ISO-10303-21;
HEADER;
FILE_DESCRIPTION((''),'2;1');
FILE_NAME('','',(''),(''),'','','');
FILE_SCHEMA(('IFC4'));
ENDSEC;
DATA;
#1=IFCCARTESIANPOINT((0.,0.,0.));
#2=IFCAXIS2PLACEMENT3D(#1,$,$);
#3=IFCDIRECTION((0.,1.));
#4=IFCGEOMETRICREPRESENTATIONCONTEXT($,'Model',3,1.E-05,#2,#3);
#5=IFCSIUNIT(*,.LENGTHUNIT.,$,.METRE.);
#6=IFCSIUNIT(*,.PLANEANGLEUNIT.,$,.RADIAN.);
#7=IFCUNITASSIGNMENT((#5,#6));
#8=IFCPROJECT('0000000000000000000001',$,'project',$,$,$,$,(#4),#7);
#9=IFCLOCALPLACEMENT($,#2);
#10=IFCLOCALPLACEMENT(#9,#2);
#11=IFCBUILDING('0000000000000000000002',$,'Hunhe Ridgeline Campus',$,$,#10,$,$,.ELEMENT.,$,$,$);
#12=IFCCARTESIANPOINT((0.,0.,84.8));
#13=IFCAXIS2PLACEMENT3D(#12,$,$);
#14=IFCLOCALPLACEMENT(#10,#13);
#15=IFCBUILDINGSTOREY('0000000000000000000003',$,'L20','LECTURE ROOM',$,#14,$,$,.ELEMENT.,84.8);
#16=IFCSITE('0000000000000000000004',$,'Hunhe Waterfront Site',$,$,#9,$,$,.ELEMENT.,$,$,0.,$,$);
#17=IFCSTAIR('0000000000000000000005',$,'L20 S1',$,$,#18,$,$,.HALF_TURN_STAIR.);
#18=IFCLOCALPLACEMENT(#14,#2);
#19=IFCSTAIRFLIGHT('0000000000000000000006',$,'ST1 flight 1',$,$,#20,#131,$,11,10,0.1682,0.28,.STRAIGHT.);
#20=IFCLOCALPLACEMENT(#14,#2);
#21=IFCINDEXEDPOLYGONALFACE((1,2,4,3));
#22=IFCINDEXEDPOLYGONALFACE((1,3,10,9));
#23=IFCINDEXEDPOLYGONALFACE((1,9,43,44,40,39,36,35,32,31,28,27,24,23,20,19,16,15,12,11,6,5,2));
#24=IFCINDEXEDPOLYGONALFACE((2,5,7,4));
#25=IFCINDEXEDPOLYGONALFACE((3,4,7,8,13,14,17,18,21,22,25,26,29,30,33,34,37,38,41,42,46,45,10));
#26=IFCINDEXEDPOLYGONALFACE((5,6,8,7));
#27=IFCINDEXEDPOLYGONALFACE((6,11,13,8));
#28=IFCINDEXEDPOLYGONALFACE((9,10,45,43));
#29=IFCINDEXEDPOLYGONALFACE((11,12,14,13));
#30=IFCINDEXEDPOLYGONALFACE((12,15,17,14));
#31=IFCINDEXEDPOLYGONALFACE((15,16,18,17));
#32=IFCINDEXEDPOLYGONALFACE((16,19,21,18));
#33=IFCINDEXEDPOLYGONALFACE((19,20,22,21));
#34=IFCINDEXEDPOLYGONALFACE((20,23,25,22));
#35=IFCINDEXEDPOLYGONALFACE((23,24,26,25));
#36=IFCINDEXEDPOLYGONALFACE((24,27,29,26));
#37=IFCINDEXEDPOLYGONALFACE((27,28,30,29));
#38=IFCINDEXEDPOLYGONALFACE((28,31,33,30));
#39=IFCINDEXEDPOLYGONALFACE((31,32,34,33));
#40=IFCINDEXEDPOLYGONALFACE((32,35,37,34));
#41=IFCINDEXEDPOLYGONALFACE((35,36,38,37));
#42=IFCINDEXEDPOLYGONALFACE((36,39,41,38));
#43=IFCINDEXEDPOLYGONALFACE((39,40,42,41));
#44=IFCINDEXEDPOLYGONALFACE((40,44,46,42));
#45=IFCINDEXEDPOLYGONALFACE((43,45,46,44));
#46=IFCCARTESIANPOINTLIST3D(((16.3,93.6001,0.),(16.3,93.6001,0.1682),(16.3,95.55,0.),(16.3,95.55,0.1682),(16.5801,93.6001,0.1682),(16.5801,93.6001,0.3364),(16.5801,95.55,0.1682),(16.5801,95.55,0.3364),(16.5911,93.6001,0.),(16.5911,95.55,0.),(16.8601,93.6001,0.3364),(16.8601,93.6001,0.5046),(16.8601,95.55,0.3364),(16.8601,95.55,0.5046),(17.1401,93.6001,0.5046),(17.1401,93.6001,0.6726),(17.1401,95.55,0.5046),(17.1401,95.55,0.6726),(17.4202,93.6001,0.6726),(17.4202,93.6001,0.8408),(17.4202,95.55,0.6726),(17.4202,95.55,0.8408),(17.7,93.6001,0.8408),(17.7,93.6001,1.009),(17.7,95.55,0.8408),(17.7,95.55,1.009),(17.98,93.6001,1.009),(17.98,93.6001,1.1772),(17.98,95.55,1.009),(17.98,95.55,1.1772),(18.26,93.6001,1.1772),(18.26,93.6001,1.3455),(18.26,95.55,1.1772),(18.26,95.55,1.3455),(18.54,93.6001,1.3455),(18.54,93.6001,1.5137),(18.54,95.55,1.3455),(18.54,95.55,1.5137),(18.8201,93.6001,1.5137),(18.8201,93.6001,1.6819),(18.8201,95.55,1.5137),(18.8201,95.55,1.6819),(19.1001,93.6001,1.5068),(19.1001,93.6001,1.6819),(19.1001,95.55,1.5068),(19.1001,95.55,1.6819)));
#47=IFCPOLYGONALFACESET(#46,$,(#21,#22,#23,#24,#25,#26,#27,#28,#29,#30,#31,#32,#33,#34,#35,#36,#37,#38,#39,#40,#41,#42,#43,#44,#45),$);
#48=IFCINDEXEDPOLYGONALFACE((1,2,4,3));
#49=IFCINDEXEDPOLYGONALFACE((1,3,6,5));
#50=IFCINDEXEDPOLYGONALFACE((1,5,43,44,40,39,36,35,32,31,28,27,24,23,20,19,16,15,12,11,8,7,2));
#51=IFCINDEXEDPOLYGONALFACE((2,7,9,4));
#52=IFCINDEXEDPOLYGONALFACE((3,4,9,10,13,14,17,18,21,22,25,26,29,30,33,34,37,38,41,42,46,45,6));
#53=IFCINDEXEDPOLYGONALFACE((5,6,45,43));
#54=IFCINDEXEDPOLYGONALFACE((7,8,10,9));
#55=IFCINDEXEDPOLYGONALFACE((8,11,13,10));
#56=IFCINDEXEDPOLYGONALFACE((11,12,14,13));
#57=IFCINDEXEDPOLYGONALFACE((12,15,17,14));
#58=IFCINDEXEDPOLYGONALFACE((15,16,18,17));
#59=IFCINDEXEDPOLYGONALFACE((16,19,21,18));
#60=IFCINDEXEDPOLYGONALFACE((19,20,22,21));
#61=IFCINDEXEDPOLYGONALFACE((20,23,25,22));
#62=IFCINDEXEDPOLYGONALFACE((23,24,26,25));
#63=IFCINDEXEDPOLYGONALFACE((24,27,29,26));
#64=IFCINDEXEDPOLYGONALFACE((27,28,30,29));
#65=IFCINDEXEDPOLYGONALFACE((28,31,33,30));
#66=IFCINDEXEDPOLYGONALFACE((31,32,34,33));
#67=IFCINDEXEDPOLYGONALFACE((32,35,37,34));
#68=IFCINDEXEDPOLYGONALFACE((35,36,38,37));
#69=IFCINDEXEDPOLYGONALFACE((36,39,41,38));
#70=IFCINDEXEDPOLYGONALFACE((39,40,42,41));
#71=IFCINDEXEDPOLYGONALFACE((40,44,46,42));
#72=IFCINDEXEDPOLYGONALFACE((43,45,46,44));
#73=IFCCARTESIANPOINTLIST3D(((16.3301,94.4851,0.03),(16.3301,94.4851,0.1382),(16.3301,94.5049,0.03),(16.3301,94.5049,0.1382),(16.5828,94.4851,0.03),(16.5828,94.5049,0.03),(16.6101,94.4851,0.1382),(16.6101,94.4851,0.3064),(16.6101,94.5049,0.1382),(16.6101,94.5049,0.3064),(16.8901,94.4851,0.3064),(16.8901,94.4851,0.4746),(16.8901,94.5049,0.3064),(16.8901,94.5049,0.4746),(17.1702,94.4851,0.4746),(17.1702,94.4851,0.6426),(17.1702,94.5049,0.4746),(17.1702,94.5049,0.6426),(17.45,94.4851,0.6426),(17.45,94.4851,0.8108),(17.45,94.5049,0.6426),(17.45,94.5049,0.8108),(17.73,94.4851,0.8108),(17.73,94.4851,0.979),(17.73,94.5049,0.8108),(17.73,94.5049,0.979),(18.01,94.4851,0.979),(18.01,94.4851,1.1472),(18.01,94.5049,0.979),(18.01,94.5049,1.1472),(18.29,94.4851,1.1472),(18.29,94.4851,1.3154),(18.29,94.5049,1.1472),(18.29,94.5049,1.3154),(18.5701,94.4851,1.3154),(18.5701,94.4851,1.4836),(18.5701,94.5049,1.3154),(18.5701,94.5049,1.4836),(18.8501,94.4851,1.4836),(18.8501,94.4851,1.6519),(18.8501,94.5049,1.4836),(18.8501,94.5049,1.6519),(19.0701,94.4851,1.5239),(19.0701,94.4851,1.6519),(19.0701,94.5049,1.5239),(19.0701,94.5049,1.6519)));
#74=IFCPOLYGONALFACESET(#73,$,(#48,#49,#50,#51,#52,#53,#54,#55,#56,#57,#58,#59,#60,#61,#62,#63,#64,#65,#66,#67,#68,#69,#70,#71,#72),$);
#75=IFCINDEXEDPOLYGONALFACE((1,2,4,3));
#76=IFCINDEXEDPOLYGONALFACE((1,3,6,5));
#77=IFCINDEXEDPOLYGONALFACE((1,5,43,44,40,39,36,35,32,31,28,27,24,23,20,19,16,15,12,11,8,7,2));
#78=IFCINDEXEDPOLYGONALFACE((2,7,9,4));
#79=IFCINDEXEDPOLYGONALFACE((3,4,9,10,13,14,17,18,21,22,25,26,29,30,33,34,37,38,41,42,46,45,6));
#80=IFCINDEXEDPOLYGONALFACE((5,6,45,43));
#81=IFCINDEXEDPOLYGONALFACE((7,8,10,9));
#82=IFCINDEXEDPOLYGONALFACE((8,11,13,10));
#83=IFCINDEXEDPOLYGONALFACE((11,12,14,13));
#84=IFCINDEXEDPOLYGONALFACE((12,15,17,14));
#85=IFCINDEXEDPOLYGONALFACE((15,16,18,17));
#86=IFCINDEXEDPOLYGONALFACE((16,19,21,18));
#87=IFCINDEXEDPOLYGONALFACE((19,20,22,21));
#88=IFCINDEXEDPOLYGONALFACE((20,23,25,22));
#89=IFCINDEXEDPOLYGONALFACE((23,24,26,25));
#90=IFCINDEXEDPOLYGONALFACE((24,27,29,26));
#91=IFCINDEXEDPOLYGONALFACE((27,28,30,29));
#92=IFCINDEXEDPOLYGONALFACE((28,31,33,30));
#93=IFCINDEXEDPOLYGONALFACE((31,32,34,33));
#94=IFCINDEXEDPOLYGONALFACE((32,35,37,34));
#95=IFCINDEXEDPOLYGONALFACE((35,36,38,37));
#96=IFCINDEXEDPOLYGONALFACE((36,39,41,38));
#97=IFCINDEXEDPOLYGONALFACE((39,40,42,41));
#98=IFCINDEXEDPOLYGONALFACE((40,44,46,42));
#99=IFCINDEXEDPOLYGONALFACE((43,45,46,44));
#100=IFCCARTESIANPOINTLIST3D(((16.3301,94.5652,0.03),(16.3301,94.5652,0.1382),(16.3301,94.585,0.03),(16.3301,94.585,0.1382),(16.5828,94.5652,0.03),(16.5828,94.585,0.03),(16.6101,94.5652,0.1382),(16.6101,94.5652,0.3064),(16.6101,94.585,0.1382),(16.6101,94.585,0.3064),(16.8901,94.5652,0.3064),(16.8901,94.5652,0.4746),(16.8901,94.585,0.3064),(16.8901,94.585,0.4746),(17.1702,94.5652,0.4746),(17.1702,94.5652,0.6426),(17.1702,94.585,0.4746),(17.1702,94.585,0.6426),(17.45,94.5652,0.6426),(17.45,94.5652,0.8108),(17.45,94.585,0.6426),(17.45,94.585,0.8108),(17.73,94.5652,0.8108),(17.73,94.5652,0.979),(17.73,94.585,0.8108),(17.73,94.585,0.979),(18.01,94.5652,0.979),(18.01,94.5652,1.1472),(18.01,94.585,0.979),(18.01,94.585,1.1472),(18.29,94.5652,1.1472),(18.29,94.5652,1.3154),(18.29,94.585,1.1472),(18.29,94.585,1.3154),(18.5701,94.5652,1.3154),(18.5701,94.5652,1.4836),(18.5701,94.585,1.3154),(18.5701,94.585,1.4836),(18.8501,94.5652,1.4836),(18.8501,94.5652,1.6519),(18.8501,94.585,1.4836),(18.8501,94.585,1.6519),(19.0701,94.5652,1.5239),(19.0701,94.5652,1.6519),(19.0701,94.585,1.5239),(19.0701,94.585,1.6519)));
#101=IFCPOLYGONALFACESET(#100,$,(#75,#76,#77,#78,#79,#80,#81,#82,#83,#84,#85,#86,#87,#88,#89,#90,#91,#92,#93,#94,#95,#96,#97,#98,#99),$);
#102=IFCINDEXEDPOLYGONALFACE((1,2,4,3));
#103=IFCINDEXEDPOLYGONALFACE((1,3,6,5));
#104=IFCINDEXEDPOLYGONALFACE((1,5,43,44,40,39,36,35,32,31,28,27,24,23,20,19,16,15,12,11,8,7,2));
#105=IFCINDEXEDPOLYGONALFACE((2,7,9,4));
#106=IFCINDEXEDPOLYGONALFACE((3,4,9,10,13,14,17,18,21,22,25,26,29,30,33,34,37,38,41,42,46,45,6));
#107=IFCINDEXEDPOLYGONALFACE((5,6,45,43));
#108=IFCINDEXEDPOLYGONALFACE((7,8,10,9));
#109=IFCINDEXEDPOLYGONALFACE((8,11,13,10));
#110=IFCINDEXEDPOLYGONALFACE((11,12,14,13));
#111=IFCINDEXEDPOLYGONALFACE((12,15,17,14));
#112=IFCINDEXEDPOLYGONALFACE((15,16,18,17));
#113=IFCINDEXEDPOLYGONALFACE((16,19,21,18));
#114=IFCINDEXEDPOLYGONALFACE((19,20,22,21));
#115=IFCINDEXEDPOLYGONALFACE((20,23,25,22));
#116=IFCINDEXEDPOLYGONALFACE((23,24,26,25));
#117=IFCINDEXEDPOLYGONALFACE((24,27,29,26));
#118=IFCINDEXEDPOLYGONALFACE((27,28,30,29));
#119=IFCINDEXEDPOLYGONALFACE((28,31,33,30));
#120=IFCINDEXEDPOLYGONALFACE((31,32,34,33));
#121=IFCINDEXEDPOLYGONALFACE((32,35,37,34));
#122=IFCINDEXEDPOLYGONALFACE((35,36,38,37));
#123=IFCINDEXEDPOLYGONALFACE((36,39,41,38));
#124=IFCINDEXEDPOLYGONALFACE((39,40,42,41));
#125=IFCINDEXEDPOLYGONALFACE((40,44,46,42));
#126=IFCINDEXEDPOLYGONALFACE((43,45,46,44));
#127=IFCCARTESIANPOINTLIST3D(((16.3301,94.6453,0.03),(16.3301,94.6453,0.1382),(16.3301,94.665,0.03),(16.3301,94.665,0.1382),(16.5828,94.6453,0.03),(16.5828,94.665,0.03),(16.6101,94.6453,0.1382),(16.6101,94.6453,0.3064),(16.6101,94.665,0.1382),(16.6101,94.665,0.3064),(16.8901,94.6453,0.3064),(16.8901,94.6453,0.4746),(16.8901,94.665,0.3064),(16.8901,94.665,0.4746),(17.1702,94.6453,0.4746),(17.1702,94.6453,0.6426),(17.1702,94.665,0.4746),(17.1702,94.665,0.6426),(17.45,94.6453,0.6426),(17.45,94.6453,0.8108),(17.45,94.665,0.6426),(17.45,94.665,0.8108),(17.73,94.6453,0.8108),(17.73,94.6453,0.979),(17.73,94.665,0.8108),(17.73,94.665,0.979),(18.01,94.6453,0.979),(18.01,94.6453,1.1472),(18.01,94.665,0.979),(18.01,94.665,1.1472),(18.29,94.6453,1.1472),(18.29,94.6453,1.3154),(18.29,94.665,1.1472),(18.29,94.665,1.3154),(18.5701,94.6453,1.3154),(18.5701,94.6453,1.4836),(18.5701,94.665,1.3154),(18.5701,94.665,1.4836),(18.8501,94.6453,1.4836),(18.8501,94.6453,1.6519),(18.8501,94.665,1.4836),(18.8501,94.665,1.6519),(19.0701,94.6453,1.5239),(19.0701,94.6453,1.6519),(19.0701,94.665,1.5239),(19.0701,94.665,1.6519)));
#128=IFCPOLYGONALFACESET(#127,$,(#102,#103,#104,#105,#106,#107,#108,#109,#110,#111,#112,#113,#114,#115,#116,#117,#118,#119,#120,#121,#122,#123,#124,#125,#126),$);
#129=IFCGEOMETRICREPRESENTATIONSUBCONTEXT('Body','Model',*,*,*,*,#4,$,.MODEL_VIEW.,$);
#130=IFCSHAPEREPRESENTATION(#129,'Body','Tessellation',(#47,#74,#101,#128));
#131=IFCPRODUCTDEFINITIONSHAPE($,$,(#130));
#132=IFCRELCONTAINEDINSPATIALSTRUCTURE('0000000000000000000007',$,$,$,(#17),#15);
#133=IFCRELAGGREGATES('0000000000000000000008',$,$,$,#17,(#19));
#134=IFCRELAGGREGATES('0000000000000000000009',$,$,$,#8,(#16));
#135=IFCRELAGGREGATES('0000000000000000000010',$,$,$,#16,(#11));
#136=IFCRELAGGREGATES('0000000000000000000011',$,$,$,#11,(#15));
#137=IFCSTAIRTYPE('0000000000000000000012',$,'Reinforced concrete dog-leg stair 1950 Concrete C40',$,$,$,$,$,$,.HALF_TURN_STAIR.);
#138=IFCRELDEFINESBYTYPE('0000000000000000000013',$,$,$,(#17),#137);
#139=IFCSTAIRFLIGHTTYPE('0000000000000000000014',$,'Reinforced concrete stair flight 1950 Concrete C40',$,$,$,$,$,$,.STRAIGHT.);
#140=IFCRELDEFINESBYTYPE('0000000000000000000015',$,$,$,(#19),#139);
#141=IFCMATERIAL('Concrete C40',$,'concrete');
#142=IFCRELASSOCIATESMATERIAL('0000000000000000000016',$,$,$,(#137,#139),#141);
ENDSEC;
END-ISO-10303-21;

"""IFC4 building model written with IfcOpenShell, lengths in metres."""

from ifc_helpers import new_model, si_unit, direction, frame, origin, place, context, subcontext, project, spatial, polyline, outline, extrude, material, type_object, element, aggregate, save


model = new_model("IFC4")

# Units and contexts
model_context = context("Model", 3, precision=1e-05, world=origin(), true_north=direction((0.0, 1.0)))
body_context = subcontext(model_context, "Body", "Model", "MODEL_VIEW")
ifc_project = project(units=[si_unit("LENGTHUNIT", "METRE"), si_unit("PLANEANGLEUNIT", "RADIAN")], contexts=[model_context])

# Site, building, storey
site_placement = place(None, origin())
site = spatial("IfcSite", under=ifc_project, at=site_placement, Name="Hunhe Waterfront Site", CompositionType="ELEMENT", RefElevation=0.0)
building_placement = place(site_placement, origin())
building = spatial("IfcBuilding", under=site, at=building_placement, Name="Hunhe Ridgeline Campus", CompositionType="ELEMENT")
storey_placement = place(building_placement, frame((0.0, 0.0, 84.8)))
storey = spatial("IfcBuildingStorey", under=building, at=storey_placement, Name="L20", Description="LECTURE ROOM", CompositionType="ELEMENT", Elevation=84.8)

# Stair, stair flight
ifc_material_1 = material(Name="Concrete C40", Category="concrete")
stair_type = type_object("IfcStairType", Name="Reinforced concrete dog-leg stair 1950 Concrete C40", PredefinedType="HALF_TURN_STAIR", material=ifc_material_1)
stair_placement = place(storey_placement, origin())
stair = element("IfcStair", 1, at=stair_placement, inside=storey, type_object=stair_type, Name="L20 S1", PredefinedType="HALF_TURN_STAIR")
stair_flight_type = type_object("IfcStairFlightType", Name="Reinforced concrete stair flight 1950 Concrete C40", PredefinedType="STRAIGHT", material=ifc_material_1)
stair_flight_placement = place(storey_placement, frame((16.3, 94.575, 0.0), z_axis=(0.0, 0.0, 1.0), x_axis=(1.0, 0.0, 0.0)))
stair_flight = element("IfcStairFlight", 2, at=stair_flight_placement, type_object=stair_flight_type, Name="ST1 flight 1", NumberOfRisers=11, NumberOfTreads=10, PredefinedType="STRAIGHT", RiserHeight=0.1682, TreadLength=0.28, context=body_context, shape_type="SweptSolid", body=[
    extrude(outline(polyline([(0.0, 0.0), (0.0, 0.1682), (0.28, 0.1682), (0.28, 0.3364), (0.5601, 0.3364), (0.5601, 0.5046), (0.8401, 0.5046), (0.8401, 0.6726), (1.1201, 0.6726), (1.1201, 0.8408), (1.3999, 0.8408), (1.3999, 1.009), (1.6799, 1.009), (1.6799, 1.1772), (1.96, 1.1772), (1.96, 1.3455), (2.24, 1.3455), (2.24, 1.5137), (2.52, 1.5137), (2.52, 1.6819), (2.8, 1.6819), (2.8, 1.8501), (2.8, 1.5068), (0.291, 0.0), (0.0, 0.0)])), frame((0.0, 0.9751, 0.0), z_axis=(0.0, -1.0, 0.0), x_axis=(1.0, 0.0, 0.0)), (0.0, 0.0, 1.0), 1.95),
    extrude(outline(polyline([(0.03, 0.03), (0.03, 0.1382), (0.3101, 0.1382), (0.3101, 0.3064), (0.5901, 0.3064), (0.5901, 0.4746), (0.8701, 0.4746), (0.8701, 0.6426), (1.1499, 0.6426), (1.1499, 0.8108), (1.4299, 0.8108), (1.4299, 0.979), (1.71, 0.979), (1.71, 1.1472), (1.99, 1.1472), (1.99, 1.3154), (2.27, 1.3154), (2.27, 1.4836), (2.55, 1.4836), (2.55, 1.6519), (2.77, 1.6519), (2.77, 1.5239), (0.2827, 0.03), (0.03, 0.03)])), frame((0.0, -0.0701, 0.0), z_axis=(0.0, -1.0, 0.0), x_axis=(1.0, 0.0, 0.0)), (0.0, 0.0, 1.0), 0.0198),
    extrude(outline(polyline([(0.03, 0.03), (0.03, 0.1382), (0.3101, 0.1382), (0.3101, 0.3064), (0.5901, 0.3064), (0.5901, 0.4746), (0.8701, 0.4746), (0.8701, 0.6426), (1.1499, 0.6426), (1.1499, 0.8108), (1.4299, 0.8108), (1.4299, 0.979), (1.71, 0.979), (1.71, 1.1472), (1.99, 1.1472), (1.99, 1.3154), (2.27, 1.3154), (2.27, 1.4836), (2.55, 1.4836), (2.55, 1.6519), (2.77, 1.6519), (2.77, 1.5239), (0.2827, 0.03), (0.03, 0.03)])), frame((0.0, 0.01, 0.0), z_axis=(0.0, -1.0, 0.0), x_axis=(1.0, 0.0, 0.0)), (0.0, 0.0, 1.0), 0.0198),
    extrude(outline(polyline([(0.03, 0.03), (0.03, 0.1382), (0.3101, 0.1382), (0.3101, 0.3064), (0.5901, 0.3064), (0.5901, 0.4746), (0.8701, 0.4746), (0.8701, 0.6426), (1.1499, 0.6426), (1.1499, 0.8108), (1.4299, 0.8108), (1.4299, 0.979), (1.71, 0.979), (1.71, 1.1472), (1.99, 1.1472), (1.99, 1.3154), (2.27, 1.3154), (2.27, 1.4836), (2.55, 1.4836), (2.55, 1.6519), (2.77, 1.6519), (2.77, 1.5239), (0.2827, 0.03), (0.03, 0.03)])), frame((0.0, 0.0901, 0.0), z_axis=(0.0, -1.0, 0.0), x_axis=(1.0, 0.0, 0.0)), (0.0, 0.0, 1.0), 0.0198),
])
aggregate(stair, [stair_flight])

save(model, "model.ifc")
